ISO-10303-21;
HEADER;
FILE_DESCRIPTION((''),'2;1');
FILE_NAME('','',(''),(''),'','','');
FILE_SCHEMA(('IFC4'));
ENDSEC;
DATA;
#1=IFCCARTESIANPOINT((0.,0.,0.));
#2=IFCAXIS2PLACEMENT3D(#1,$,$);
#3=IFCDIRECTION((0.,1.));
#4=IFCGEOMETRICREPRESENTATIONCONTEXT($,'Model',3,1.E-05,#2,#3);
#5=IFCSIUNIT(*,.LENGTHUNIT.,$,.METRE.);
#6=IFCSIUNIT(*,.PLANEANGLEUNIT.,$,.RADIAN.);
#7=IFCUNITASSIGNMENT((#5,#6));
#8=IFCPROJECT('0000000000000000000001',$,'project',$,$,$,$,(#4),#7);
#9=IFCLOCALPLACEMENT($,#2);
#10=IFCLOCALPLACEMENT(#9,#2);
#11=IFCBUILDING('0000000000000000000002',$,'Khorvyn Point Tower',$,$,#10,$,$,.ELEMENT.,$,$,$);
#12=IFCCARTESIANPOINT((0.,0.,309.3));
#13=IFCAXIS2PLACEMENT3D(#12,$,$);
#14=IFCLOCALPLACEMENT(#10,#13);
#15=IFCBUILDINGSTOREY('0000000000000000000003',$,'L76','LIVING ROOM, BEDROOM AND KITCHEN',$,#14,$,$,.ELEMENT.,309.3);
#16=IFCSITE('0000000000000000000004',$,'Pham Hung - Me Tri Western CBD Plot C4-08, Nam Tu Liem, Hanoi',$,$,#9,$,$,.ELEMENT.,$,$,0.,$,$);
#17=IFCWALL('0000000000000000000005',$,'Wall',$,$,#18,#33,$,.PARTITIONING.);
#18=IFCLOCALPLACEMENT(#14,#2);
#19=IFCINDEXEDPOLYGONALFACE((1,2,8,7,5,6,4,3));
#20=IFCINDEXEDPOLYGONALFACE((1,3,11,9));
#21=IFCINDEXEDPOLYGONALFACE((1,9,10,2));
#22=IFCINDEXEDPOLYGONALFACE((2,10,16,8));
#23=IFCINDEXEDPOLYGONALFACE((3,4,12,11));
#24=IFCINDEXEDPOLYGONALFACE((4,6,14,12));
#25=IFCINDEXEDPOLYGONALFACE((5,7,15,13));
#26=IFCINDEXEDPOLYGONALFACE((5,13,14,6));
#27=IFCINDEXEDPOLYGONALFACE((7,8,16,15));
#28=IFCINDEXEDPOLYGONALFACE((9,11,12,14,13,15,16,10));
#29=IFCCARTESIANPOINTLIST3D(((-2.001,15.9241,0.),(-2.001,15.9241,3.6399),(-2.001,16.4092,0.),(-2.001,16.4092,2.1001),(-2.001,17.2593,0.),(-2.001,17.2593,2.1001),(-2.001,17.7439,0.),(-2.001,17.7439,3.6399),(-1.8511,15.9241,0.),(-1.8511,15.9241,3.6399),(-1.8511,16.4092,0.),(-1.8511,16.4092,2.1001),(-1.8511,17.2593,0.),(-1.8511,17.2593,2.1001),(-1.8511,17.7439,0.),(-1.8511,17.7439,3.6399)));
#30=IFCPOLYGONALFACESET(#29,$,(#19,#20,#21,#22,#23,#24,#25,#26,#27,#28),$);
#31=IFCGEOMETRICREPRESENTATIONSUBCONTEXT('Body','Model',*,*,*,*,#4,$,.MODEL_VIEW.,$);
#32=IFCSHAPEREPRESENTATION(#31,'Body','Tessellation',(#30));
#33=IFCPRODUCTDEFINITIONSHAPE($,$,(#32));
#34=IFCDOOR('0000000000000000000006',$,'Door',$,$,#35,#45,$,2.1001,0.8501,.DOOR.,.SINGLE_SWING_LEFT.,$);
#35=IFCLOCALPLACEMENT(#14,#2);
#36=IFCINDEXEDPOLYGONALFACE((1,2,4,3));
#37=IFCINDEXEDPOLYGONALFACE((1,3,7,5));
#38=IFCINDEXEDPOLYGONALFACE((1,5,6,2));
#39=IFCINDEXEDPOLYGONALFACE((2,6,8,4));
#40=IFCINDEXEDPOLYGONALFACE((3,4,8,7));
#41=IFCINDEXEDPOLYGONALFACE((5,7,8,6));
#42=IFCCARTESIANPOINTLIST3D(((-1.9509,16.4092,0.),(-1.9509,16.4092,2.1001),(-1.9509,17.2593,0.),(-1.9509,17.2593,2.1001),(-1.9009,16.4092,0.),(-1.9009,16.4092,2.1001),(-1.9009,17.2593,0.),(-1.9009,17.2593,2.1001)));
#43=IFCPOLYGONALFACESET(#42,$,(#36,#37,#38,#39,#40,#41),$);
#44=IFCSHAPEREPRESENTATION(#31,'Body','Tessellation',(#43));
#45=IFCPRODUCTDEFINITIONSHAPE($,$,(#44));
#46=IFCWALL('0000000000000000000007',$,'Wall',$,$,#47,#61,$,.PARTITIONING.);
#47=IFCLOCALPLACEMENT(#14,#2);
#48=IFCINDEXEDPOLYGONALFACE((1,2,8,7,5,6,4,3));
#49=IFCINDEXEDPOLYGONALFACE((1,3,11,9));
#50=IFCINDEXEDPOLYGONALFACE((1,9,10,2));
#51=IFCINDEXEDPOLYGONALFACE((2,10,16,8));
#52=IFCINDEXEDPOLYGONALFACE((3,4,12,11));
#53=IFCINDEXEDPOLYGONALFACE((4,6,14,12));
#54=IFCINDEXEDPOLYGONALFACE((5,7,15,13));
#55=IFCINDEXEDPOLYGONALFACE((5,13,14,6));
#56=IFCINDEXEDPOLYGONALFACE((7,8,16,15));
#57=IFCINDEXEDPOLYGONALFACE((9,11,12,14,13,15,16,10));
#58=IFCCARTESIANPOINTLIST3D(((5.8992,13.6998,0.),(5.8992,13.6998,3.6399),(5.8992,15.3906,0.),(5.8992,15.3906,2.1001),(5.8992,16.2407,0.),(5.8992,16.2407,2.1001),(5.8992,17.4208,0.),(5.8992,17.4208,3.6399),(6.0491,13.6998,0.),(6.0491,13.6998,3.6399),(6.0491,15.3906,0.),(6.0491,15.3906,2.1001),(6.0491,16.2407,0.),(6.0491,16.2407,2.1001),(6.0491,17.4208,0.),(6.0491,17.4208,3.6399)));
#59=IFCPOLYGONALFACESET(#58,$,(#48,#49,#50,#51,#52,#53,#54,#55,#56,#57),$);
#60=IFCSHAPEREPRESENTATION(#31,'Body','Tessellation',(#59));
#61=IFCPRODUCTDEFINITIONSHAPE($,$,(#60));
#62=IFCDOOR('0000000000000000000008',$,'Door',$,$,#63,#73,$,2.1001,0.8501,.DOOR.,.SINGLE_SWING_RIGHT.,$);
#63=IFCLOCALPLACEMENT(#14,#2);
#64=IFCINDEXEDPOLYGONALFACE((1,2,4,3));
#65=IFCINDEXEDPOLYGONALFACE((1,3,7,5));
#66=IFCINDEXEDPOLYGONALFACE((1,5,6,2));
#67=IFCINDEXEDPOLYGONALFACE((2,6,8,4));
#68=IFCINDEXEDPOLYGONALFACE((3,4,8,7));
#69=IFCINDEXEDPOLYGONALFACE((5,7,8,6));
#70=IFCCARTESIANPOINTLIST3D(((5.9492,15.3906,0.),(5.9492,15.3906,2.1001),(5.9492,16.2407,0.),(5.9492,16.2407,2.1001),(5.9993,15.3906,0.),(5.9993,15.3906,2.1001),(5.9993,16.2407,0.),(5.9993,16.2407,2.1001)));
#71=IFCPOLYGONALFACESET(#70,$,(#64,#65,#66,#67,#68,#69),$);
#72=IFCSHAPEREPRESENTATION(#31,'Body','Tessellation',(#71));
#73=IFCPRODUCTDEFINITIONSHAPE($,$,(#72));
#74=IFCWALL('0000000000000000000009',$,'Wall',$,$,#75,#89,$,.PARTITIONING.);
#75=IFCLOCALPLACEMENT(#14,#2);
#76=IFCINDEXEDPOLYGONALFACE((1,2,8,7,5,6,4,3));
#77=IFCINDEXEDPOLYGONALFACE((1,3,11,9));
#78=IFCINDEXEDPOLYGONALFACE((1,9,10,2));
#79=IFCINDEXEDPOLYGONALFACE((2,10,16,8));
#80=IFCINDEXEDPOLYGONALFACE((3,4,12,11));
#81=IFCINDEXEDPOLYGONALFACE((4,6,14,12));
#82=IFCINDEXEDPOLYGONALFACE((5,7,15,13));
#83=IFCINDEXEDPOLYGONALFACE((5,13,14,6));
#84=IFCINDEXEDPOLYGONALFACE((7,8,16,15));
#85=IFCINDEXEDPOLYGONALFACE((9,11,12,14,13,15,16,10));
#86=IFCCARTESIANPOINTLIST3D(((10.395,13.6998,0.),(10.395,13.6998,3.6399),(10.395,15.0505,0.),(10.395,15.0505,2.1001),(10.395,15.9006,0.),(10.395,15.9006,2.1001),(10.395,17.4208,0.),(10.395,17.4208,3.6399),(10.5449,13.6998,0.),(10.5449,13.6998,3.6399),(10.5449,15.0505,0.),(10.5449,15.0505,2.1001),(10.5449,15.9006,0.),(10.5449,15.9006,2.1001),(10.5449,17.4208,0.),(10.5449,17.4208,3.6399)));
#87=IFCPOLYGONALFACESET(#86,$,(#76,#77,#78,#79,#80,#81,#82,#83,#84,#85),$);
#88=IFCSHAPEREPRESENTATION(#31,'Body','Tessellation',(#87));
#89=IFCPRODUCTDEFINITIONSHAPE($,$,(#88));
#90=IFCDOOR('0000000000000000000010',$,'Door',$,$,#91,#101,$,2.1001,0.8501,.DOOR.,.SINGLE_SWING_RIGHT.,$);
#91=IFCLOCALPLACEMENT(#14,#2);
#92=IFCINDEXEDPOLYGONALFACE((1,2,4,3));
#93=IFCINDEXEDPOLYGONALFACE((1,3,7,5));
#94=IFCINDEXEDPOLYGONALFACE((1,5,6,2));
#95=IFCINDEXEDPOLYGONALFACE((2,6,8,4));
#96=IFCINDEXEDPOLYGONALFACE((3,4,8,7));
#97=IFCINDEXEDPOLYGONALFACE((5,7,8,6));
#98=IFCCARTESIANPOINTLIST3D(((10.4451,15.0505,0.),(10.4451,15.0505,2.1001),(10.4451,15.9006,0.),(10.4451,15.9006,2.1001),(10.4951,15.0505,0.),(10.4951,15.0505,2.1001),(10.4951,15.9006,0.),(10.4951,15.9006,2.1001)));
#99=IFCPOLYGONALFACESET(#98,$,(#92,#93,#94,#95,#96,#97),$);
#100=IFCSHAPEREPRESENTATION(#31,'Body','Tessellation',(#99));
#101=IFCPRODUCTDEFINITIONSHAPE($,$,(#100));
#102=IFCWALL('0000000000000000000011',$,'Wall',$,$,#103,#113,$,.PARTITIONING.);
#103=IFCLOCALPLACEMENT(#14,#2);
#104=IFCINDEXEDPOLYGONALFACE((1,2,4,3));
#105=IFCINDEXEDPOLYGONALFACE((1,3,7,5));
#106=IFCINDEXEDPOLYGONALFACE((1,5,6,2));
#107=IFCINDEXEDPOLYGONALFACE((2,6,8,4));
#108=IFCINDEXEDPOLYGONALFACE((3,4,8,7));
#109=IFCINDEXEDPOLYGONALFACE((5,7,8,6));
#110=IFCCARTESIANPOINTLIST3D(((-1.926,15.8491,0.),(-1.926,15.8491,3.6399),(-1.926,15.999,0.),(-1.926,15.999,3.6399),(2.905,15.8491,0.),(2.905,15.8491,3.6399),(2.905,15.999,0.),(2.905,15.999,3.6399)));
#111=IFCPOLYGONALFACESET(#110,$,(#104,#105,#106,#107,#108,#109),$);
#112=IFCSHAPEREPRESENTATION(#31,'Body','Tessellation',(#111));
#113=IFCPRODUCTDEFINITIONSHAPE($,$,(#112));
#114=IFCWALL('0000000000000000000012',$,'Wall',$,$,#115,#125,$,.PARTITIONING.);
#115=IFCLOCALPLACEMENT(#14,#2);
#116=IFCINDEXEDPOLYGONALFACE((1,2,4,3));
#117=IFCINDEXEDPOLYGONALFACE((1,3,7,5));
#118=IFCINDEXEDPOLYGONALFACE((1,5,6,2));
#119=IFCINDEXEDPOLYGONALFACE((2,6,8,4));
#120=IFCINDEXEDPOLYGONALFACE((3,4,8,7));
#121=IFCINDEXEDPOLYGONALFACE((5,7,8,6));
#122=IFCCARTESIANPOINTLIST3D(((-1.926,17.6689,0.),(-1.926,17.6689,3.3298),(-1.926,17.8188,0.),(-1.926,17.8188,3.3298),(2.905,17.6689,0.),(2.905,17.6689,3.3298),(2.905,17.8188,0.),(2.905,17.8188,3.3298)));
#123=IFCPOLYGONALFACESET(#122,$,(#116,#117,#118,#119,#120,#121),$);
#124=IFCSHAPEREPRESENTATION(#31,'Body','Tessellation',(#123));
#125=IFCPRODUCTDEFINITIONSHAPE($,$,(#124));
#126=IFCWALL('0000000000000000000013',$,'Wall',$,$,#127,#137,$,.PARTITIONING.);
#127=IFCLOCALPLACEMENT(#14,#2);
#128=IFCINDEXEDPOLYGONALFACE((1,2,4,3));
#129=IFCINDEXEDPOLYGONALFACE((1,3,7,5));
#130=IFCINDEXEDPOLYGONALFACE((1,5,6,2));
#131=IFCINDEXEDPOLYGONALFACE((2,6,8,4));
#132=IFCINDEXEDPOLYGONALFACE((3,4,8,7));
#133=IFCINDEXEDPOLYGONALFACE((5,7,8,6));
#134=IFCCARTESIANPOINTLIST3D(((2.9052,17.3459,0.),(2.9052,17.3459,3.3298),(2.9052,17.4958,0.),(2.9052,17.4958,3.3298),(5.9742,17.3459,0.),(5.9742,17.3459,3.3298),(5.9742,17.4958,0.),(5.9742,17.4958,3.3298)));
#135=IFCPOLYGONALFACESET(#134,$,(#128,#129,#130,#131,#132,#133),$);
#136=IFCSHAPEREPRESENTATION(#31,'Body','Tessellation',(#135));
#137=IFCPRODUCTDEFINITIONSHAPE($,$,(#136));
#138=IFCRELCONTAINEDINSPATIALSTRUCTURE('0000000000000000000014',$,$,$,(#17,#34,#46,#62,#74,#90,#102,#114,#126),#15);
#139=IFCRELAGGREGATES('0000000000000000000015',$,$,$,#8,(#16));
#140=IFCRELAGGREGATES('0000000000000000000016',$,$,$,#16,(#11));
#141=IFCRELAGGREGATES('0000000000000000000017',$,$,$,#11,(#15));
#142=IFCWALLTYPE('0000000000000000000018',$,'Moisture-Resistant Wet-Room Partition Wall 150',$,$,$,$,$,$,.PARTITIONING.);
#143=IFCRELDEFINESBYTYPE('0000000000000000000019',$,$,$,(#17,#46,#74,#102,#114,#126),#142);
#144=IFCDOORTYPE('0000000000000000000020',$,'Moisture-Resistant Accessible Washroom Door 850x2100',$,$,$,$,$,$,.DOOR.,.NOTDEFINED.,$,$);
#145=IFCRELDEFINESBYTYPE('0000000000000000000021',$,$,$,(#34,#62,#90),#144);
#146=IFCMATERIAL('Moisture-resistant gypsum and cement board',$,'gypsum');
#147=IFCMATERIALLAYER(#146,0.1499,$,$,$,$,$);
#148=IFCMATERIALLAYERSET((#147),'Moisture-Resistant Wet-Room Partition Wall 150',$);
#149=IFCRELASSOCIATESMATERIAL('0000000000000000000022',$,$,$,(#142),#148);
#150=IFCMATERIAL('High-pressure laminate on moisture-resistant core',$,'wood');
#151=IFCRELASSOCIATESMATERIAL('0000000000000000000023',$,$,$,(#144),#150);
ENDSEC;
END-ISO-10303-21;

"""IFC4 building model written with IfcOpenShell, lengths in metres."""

from ifc_helpers import new_model, si_unit, direction, frame, frame_2d, origin, place, context, subcontext, project, spatial, rectangle, extrude, material, layer, layer_set, type_object, element, fill, save


model = new_model("IFC4")

# Units and contexts
model_context = context("Model", 3, precision=1e-05, world=origin(), true_north=direction((0.0, 1.0)))
body_context = subcontext(model_context, "Body", "Model", "MODEL_VIEW")
ifc_project = project(units=[si_unit("LENGTHUNIT", "METRE"), si_unit("PLANEANGLEUNIT", "RADIAN")], contexts=[model_context])

# Site, building, storey
site_placement = place(None, origin())
site = spatial("IfcSite", under=ifc_project, at=site_placement, Name="Pham Hung - Me Tri Western CBD Plot C4-08, Nam Tu Liem, Hanoi", CompositionType="ELEMENT", RefElevation=0.0)
building_placement = place(site_placement, origin())
building = spatial("IfcBuilding", under=site, at=building_placement, Name="Khorvyn Point Tower", CompositionType="ELEMENT")
storey_placement = place(building_placement, frame((0.0, 0.0, 309.3)))
storey = spatial("IfcBuildingStorey", under=building, at=storey_placement, Name="L76", Description="LIVING ROOM, BEDROOM AND KITCHEN", CompositionType="ELEMENT", Elevation=309.3)

# Walls, openings, doors
ifc_material_1 = material(Name="Moisture-resistant gypsum and cement board", Category="gypsum")
ifc_layer_1 = layer(ifc_material_1, 0.1499)
ifc_layer_set_1 = layer_set([ifc_layer_1], Name="Moisture-Resistant Wet-Room Partition Wall 150")
wall_type_1 = type_object("IfcWallType", Name="Moisture-Resistant Wet-Room Partition Wall 150", PredefinedType="PARTITIONING", material=ifc_layer_set_1)
wall_1_placement = place(storey_placement, frame((-1.926, 15.9241, 0.0), z_axis=(0.0, 0.0, 1.0), x_axis=(0.0, 1.0, 0.0)))
wall_1 = element("IfcWall", 1, at=wall_1_placement, inside=storey, type_object=wall_type_1, Name="Wall", PredefinedType="PARTITIONING", context=body_context, shape_type="SweptSolid", body=[
    extrude(rectangle(XDim=1.8198, YDim=0.1499, at=frame_2d((0.9099, 0.0))), origin(), (0.0, 0.0, 1.0), 3.6399),
])
opening_1_placement = place(wall_1_placement, frame((0.4851, 0.0, 0.0)))
opening_1 = element("IfcOpeningElement", 2, at=opening_1_placement, cuts=wall_1, PredefinedType="OPENING", context=body_context, shape_type="SweptSolid", body=[
    extrude(rectangle(XDim=0.8501, YDim=2.1001, at=frame_2d((0.425, 1.05))), frame((0.0, 0.085, 0.0), z_axis=(0.0, -1.0, 0.0), x_axis=(1.0, 0.0, 0.0)), (0.0, 0.0, 1.0), 0.1699),
])
ifc_material_2 = material(Name="High-pressure laminate on moisture-resistant core", Category="wood")
door_type_1 = type_object("IfcDoorType", Name="Moisture-Resistant Accessible Washroom Door 850x2100", OperationType="NOTDEFINED", PredefinedType="DOOR", material=ifc_material_2)
door_1_placement = place(opening_1_placement, origin())
door_1 = element("IfcDoor", 3, at=door_1_placement, inside=storey, type_object=door_type_1, Name="Door", OperationType="SINGLE_SWING_LEFT", OverallHeight=2.1001, OverallWidth=0.8501, PredefinedType="DOOR", context=body_context, shape_type="SweptSolid", body=[
    extrude(rectangle(XDim=0.8501, YDim=2.1001, at=frame_2d((0.425, 1.05))), frame((0.0, 0.0249, 0.0), z_axis=(0.0, -1.0, 0.0), x_axis=(1.0, 0.0, 0.0)), (0.0, 0.0, 1.0), 0.05),
])
fill(opening_1, door_1)
wall_2_placement = place(storey_placement, frame((5.9741, 13.7, 0.0), z_axis=(0.0, 0.0, 1.0), x_axis=(0.0, 1.0, 0.0)))
wall_2 = element("IfcWall", 4, at=wall_2_placement, inside=storey, type_object=wall_type_1, Name="Wall", PredefinedType="PARTITIONING", context=body_context, shape_type="SweptSolid", body=[
    extrude(rectangle(XDim=3.7209, YDim=0.1499, at=frame_2d((1.8604, 0.0))), origin(), (0.0, 0.0, 1.0), 3.6399),
])
opening_2_placement = place(wall_2_placement, frame((1.6907, 0.0, 0.0)))
opening_2 = element("IfcOpeningElement", 5, at=opening_2_placement, cuts=wall_2, PredefinedType="OPENING", context=body_context, shape_type="SweptSolid", body=[
    extrude(rectangle(XDim=0.8501, YDim=2.1001, at=frame_2d((0.425, 1.05))), frame((0.0, 0.085, 0.0), z_axis=(0.0, -1.0, 0.0), x_axis=(1.0, 0.0, 0.0)), (0.0, 0.0, 1.0), 0.1699),
])
door_2_placement = place(opening_2_placement, origin())
door_2 = element("IfcDoor", 6, at=door_2_placement, inside=storey, type_object=door_type_1, Name="Door", OperationType="SINGLE_SWING_RIGHT", OverallHeight=2.1001, OverallWidth=0.8501, PredefinedType="DOOR", context=body_context, shape_type="SweptSolid", body=[
    extrude(rectangle(XDim=0.8501, YDim=2.1001, at=frame_2d((0.425, 1.05))), frame((0.0, 0.0249, 0.0), z_axis=(0.0, -1.0, 0.0), x_axis=(1.0, 0.0, 0.0)), (0.0, 0.0, 1.0), 0.05),
])
fill(opening_2, door_2)
wall_3_placement = place(storey_placement, frame((10.47, 13.7, 0.0), z_axis=(0.0, 0.0, 1.0), x_axis=(0.0, 1.0, 0.0)))
wall_3 = element("IfcWall", 7, at=wall_3_placement, inside=storey, type_object=wall_type_1, Name="Wall", PredefinedType="PARTITIONING", context=body_context, shape_type="SweptSolid", body=[
    extrude(rectangle(XDim=3.7209, YDim=0.1499, at=frame_2d((1.8604, 0.0))), origin(), (0.0, 0.0, 1.0), 3.6399),
])
opening_3_placement = place(wall_3_placement, frame((1.3506, 0.0, 0.0)))
opening_3 = element("IfcOpeningElement", 8, at=opening_3_placement, cuts=wall_3, PredefinedType="OPENING", context=body_context, shape_type="SweptSolid", body=[
    extrude(rectangle(XDim=0.8501, YDim=2.1001, at=frame_2d((0.425, 1.05))), frame((0.0, 0.085, 0.0), z_axis=(0.0, -1.0, 0.0), x_axis=(1.0, 0.0, 0.0)), (0.0, 0.0, 1.0), 0.1699),
])
door_3_placement = place(opening_3_placement, origin())
door_3 = element("IfcDoor", 9, at=door_3_placement, inside=storey, type_object=door_type_1, Name="Door", OperationType="SINGLE_SWING_RIGHT", OverallHeight=2.1001, OverallWidth=0.8501, PredefinedType="DOOR", context=body_context, shape_type="SweptSolid", body=[
    extrude(rectangle(XDim=0.8501, YDim=2.1001, at=frame_2d((0.425, 1.05))), frame((0.0, 0.0249, 0.0), z_axis=(0.0, -1.0, 0.0), x_axis=(1.0, 0.0, 0.0)), (0.0, 0.0, 1.0), 0.05),
])
fill(opening_3, door_3)

# Walls
wall_4_placement = place(storey_placement, frame((-1.926, 15.9241, 0.0), z_axis=(0.0, 0.0, 1.0), x_axis=(1.0, 0.0, 0.0)))
element("IfcWall", 10, at=wall_4_placement, inside=storey, type_object=wall_type_1, Name="Wall", PredefinedType="PARTITIONING", context=body_context, shape_type="SweptSolid", body=[
    extrude(rectangle(XDim=4.8311, YDim=0.1499, at=frame_2d((2.4155, 0.0))), origin(), (0.0, 0.0, 1.0), 3.6399),
])
wall_5_placement = place(storey_placement, frame((-1.926, 17.7439, 0.0), z_axis=(0.0, 0.0, 1.0), x_axis=(1.0, 0.0, 0.0)))
element("IfcWall", 11, at=wall_5_placement, inside=storey, type_object=wall_type_1, Name="Wall", PredefinedType="PARTITIONING", context=body_context, shape_type="SweptSolid", body=[
    extrude(rectangle(XDim=4.8311, YDim=0.1499, at=frame_2d((2.4155, 0.0))), origin(), (0.0, 0.0, 1.0), 3.3298),
])
wall_6_placement = place(storey_placement, frame((2.905, 17.4209, 0.0), z_axis=(0.0, 0.0, 1.0), x_axis=(1.0, 0.0, 0.0)))
element("IfcWall", 12, at=wall_6_placement, inside=storey, type_object=wall_type_1, Name="Wall", PredefinedType="PARTITIONING", context=body_context, shape_type="SweptSolid", body=[
    extrude(rectangle(XDim=3.0691, YDim=0.1499, at=frame_2d((1.5347, 0.0))), origin(), (0.0, 0.0, 1.0), 3.3298),
])

save(model, "model.ifc")
